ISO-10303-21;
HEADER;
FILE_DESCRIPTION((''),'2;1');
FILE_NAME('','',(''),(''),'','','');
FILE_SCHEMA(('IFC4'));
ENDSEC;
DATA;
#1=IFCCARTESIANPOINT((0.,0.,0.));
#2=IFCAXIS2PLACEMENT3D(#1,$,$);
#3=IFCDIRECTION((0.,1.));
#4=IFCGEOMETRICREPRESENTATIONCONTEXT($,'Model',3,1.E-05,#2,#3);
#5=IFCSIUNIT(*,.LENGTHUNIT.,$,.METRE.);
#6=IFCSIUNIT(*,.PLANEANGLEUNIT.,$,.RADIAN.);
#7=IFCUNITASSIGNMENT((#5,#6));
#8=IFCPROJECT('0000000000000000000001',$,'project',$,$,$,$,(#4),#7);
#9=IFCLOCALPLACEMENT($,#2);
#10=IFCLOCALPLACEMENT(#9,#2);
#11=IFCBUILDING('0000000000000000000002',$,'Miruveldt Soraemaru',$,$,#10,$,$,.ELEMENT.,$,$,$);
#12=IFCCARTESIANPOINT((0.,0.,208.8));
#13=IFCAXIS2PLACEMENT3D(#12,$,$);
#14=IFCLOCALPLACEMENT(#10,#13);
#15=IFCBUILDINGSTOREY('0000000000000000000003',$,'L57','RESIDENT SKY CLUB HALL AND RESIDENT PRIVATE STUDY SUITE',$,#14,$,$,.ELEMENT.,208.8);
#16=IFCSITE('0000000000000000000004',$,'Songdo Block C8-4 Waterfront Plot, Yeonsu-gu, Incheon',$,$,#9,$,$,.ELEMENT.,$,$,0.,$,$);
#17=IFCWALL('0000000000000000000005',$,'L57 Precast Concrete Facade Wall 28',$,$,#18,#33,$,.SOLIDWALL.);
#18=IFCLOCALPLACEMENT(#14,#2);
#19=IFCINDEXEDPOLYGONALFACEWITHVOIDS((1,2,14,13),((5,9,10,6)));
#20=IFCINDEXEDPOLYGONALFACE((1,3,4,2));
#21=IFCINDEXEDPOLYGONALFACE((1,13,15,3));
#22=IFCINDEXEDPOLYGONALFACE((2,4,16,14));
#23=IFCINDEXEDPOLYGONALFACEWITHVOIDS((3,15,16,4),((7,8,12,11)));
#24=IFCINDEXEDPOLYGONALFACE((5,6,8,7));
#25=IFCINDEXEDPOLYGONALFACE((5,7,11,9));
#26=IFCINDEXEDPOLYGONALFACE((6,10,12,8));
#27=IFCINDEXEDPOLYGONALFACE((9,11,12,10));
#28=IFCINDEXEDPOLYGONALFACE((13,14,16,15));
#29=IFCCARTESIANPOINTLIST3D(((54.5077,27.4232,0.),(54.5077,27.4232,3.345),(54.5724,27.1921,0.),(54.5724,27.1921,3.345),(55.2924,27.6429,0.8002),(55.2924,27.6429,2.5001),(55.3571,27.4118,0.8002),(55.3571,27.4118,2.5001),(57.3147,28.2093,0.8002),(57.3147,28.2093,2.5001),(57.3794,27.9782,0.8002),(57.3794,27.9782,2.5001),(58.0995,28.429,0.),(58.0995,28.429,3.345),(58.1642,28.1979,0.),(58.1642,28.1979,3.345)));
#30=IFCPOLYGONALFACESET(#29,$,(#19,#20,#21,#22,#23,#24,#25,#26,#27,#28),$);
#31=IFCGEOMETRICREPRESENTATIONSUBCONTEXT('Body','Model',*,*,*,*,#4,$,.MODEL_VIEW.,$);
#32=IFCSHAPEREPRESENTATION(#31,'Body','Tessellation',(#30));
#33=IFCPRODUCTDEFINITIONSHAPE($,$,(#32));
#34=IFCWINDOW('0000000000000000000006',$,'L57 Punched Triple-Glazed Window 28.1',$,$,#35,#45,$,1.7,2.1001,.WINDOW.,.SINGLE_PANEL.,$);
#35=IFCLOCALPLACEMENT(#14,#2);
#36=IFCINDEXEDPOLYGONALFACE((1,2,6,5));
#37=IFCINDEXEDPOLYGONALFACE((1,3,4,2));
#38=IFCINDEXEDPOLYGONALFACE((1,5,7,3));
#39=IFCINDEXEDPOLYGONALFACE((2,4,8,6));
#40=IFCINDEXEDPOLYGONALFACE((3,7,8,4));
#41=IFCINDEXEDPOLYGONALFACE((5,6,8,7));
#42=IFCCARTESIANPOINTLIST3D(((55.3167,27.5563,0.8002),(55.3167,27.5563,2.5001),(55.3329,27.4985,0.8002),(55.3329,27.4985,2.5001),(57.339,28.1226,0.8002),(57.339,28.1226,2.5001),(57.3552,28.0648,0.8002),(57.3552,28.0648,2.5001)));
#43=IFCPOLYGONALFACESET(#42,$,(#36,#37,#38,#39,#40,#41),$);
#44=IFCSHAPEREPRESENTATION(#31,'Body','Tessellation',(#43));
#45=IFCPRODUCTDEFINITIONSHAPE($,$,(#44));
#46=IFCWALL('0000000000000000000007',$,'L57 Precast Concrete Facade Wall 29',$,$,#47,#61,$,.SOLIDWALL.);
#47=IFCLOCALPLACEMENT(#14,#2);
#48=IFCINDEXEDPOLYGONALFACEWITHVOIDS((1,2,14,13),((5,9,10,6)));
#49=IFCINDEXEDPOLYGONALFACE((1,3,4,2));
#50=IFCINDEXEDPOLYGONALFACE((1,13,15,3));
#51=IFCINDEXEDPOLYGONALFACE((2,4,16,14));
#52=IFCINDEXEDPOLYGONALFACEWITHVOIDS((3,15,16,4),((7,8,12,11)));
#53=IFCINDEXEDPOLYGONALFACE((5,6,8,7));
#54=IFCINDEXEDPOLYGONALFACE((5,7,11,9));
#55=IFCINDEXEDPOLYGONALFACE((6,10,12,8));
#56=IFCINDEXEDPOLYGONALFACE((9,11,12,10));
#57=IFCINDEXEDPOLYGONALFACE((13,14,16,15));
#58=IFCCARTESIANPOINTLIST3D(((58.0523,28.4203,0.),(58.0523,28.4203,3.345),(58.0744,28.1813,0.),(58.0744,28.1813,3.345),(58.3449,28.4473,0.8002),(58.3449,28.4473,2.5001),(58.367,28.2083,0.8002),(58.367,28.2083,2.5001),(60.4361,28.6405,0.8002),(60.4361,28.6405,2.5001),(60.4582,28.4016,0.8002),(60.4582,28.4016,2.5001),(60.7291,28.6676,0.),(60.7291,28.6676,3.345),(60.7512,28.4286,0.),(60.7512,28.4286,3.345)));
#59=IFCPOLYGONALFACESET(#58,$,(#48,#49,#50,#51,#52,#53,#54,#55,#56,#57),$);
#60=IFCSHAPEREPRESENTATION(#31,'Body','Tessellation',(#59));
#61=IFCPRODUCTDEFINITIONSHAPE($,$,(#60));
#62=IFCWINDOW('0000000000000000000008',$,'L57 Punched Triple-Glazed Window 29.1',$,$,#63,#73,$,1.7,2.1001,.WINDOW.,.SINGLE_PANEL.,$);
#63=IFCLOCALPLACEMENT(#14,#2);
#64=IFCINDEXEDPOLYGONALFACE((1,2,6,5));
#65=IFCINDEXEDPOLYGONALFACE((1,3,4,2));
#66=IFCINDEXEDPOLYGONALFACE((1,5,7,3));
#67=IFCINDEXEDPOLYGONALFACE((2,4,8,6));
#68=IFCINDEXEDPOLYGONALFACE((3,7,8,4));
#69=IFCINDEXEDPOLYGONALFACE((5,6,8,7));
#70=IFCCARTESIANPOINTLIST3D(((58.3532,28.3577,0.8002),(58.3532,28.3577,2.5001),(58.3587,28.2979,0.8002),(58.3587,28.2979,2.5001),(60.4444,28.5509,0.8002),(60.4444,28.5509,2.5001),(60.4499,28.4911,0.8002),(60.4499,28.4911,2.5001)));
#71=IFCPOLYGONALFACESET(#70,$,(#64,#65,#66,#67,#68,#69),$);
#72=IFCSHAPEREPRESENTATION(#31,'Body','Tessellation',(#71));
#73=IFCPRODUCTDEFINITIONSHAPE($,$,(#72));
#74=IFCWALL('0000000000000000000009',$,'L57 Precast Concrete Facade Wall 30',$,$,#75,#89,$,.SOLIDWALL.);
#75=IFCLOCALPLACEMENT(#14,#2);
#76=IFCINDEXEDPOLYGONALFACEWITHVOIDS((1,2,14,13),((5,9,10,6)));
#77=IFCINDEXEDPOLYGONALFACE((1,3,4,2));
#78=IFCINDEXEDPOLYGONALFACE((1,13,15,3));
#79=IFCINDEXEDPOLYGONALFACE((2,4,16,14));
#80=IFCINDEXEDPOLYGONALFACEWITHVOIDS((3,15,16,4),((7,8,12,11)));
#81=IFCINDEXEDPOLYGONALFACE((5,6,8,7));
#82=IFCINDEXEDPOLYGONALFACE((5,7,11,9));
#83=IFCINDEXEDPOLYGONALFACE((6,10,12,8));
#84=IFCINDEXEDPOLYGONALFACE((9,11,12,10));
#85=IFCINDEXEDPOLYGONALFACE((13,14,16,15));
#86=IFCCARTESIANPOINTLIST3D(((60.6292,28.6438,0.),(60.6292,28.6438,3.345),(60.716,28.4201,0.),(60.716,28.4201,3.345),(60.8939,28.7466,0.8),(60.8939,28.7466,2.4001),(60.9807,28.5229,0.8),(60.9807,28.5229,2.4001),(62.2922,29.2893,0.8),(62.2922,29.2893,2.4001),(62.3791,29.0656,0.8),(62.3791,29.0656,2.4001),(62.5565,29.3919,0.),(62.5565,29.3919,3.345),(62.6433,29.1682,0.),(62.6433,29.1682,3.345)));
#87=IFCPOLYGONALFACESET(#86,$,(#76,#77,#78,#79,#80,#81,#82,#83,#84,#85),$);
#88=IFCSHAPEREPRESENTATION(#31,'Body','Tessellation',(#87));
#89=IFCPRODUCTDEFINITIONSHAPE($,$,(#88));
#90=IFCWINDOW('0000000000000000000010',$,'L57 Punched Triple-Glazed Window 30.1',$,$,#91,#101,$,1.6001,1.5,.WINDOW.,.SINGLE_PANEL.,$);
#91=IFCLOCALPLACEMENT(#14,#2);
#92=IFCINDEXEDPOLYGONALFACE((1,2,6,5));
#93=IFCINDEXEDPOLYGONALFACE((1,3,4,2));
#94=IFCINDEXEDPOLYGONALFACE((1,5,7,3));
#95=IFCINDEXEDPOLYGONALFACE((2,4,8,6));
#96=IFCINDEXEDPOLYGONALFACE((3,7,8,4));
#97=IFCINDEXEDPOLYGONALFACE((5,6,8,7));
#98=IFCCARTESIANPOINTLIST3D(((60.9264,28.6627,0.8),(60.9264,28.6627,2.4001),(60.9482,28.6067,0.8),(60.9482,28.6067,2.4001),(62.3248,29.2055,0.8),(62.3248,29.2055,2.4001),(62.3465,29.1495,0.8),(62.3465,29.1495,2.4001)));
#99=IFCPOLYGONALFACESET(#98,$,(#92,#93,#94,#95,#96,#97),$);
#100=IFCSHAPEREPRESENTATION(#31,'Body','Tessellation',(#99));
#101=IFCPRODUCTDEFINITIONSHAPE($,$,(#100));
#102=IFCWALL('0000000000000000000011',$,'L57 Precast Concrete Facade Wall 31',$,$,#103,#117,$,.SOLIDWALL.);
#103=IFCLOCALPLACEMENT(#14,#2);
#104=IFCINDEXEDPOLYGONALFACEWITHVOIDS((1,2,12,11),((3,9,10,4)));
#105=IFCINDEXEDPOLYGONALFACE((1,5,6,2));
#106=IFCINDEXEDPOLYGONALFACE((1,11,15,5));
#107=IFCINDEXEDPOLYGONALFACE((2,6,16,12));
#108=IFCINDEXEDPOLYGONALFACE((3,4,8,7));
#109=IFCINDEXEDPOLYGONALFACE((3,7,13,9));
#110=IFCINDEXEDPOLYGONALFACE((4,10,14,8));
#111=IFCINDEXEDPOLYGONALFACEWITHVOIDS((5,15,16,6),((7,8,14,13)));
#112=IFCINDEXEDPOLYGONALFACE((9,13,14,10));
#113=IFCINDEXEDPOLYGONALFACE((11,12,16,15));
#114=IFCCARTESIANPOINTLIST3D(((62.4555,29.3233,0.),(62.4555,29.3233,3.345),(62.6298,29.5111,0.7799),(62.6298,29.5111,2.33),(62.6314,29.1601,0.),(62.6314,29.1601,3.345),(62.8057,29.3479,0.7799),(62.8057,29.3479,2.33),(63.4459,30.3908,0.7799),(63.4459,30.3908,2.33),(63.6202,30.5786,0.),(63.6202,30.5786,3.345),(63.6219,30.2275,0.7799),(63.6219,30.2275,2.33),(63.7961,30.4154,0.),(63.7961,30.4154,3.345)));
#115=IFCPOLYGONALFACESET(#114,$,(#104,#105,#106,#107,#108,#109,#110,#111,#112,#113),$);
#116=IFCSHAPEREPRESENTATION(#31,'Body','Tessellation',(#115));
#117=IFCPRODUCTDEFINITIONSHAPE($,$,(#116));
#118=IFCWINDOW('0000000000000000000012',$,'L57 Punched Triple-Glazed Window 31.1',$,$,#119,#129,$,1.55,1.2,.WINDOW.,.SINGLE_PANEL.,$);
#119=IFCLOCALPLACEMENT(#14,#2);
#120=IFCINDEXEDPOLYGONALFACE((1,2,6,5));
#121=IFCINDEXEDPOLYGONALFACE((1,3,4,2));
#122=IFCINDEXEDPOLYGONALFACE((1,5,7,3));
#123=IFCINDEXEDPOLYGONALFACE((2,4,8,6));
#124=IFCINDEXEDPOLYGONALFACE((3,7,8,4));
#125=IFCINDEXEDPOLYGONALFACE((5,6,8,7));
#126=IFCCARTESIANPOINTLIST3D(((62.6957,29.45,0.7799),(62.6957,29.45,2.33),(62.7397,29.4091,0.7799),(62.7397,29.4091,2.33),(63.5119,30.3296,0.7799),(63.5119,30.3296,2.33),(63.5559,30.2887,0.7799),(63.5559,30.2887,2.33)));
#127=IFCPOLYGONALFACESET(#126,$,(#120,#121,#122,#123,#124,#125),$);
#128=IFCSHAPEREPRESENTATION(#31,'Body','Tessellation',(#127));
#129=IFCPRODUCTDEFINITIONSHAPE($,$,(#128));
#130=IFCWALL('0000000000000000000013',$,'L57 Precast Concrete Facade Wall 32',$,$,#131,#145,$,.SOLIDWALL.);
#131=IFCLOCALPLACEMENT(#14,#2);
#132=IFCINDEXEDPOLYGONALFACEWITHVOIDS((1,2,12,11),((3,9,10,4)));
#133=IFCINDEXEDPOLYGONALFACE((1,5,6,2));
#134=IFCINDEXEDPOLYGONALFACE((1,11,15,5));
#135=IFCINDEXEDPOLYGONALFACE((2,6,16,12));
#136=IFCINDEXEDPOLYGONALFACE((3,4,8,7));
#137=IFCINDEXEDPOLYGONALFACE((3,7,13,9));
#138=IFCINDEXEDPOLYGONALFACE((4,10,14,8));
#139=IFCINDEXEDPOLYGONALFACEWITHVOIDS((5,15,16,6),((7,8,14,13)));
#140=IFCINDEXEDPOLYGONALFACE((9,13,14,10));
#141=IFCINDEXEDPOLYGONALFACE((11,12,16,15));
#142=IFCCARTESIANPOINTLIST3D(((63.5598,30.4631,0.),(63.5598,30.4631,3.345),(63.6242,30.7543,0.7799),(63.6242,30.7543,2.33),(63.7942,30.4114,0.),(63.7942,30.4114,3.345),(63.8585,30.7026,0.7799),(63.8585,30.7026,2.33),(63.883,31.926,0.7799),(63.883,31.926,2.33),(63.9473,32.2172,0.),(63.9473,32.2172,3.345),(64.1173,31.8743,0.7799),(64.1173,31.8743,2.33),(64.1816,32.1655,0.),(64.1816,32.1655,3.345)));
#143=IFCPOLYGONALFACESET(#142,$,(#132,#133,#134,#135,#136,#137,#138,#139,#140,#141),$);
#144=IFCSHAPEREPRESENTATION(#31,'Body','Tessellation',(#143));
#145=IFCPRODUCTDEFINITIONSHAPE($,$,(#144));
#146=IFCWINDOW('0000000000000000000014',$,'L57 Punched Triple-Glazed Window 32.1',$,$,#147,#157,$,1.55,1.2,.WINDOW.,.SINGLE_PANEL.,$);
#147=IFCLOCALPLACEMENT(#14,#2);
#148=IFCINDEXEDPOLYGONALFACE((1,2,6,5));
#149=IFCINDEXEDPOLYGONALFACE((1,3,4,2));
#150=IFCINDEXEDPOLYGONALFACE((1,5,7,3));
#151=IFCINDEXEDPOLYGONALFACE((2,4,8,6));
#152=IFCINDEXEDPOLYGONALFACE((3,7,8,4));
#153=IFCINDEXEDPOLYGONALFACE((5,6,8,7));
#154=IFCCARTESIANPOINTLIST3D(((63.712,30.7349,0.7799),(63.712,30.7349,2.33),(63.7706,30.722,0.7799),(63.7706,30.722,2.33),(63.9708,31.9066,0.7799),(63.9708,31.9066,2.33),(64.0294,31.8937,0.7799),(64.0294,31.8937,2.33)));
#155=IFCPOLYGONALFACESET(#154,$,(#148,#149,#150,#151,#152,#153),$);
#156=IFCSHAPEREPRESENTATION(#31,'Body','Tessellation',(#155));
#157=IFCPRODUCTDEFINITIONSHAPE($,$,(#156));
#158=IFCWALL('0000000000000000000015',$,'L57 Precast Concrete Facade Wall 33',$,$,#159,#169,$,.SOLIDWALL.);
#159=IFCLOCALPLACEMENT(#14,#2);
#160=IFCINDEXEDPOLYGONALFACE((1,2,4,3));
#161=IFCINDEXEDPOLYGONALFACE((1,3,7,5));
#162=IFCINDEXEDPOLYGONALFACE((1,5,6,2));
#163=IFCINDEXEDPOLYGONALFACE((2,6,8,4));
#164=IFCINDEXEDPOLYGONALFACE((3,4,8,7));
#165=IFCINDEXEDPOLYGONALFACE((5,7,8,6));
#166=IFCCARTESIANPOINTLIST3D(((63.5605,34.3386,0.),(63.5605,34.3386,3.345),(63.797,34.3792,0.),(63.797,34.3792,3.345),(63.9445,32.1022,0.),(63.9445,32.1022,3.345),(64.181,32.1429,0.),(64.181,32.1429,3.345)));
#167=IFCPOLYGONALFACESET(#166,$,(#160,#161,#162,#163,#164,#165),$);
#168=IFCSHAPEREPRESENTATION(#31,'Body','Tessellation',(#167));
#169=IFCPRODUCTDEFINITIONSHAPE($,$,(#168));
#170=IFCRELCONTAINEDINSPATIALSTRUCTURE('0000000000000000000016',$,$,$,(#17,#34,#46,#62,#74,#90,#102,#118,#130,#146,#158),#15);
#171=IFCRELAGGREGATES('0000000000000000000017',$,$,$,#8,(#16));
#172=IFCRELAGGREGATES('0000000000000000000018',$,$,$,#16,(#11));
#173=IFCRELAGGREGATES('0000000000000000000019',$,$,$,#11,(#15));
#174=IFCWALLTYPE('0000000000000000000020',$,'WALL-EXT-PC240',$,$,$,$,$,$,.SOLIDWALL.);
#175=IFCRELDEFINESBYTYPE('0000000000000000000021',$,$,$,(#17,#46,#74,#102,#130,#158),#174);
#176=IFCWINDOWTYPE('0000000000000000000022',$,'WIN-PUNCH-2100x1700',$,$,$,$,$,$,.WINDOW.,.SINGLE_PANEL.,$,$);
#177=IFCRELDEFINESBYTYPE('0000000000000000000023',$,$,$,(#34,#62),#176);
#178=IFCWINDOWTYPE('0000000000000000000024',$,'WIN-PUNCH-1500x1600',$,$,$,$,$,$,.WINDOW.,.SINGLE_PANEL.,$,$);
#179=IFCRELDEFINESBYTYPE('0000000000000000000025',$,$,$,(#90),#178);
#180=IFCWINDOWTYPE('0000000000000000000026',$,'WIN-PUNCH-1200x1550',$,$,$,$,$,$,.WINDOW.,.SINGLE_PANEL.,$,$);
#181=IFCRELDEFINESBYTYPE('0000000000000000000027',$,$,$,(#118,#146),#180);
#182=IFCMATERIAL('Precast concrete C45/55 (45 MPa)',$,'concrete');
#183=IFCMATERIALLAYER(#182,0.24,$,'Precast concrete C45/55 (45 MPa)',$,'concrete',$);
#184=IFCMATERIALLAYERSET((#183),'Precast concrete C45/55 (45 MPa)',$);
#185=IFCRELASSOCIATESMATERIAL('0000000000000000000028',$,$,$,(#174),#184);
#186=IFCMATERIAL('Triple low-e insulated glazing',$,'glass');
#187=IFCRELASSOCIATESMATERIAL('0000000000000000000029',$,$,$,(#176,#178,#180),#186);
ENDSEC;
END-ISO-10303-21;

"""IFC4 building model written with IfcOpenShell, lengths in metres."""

from ifc_helpers import new_model, si_unit, direction, frame, frame_2d, origin, place, context, subcontext, project, spatial, rectangle, extrude, material, layer, layer_set, type_object, element, fill, save


model = new_model("IFC4")

# Units and contexts
model_context = context("Model", 3, precision=1e-05, world=origin(), true_north=direction((0.0, 1.0)))
body_context = subcontext(model_context, "Body", "Model", "MODEL_VIEW")
ifc_project = project(units=[si_unit("LENGTHUNIT", "METRE"), si_unit("PLANEANGLEUNIT", "RADIAN")], contexts=[model_context])

# Site, building, storey
site_placement = place(None, origin())
site = spatial("IfcSite", under=ifc_project, at=site_placement, Name="Songdo Block C8-4 Waterfront Plot, Yeonsu-gu, Incheon", CompositionType="ELEMENT", RefElevation=0.0)
building_placement = place(site_placement, origin())
building = spatial("IfcBuilding", under=site, at=building_placement, Name="Miruveldt Soraemaru", CompositionType="ELEMENT")
storey_placement = place(building_placement, frame((0.0, 0.0, 208.8)))
storey = spatial("IfcBuildingStorey", under=building, at=storey_placement, Name="L57", Description="RESIDENT SKY CLUB HALL AND RESIDENT PRIVATE STUDY SUITE", CompositionType="ELEMENT", Elevation=208.8)

# Walls, openings, windows
ifc_material_1 = material(Name="Precast concrete C45/55 (45 MPa)", Category="concrete")
ifc_layer_1 = layer(ifc_material_1, 0.24, Name="Precast concrete C45/55 (45 MPa)", Category="concrete")
ifc_layer_set_1 = layer_set([ifc_layer_1], Name="Precast concrete C45/55 (45 MPa)")
wall_type_1 = type_object("IfcWallType", Name="WALL-EXT-PC240", PredefinedType="SOLIDWALL", material=ifc_layer_set_1)
wall_1_placement = place(storey_placement, frame((54.54, 27.3076, 0.0), z_axis=(0.0, 0.0, 1.0), x_axis=(0.962953, 0.269669, 0.0)))
wall_1 = element("IfcWall", 1, at=wall_1_placement, inside=storey, type_object=wall_type_1, Name="L57 Precast Concrete Facade Wall 28", PredefinedType="SOLIDWALL", context=body_context, shape_type="SweptSolid", body=[
    extrude(rectangle(XDim=3.73, YDim=0.24, at=frame_2d((1.865, 0.0))), origin(), (0.0, 0.0, 1.0), 3.345),
])
opening_1_placement = place(wall_1_placement, frame((0.8149, 0.0, 0.8)))
opening_1 = element("IfcOpeningElement", 2, at=opening_1_placement, cuts=wall_1, PredefinedType="OPENING", context=body_context, shape_type="SweptSolid", body=[
    extrude(rectangle(XDim=2.1001, YDim=1.7, at=frame_2d((1.05, 0.8501))), frame((0.0, 0.1299, 0.0), z_axis=(0.0, -1.0, 0.0), x_axis=(1.0, 0.0, 0.0)), (0.0, 0.0, 1.0), 0.26),
])
ifc_material_2 = material(Name="Triple low-e insulated glazing", Category="glass")
window_type_1 = type_object("IfcWindowType", Name="WIN-PUNCH-2100x1700", PartitioningType="SINGLE_PANEL", PredefinedType="WINDOW", material=ifc_material_2)
window_1_placement = place(opening_1_placement, origin())
window_1 = element("IfcWindow", 3, at=window_1_placement, inside=storey, type_object=window_type_1, Name="L57 Punched Triple-Glazed Window 28.1", OverallHeight=1.7, OverallWidth=2.1001, PartitioningType="SINGLE_PANEL", PredefinedType="WINDOW", context=body_context, shape_type="SweptSolid", body=[
    extrude(rectangle(XDim=2.1001, YDim=1.7, at=frame_2d((1.05, 0.8501))), frame((0.0, 0.03, 0.0), z_axis=(0.0, -1.0, 0.0), x_axis=(1.0, 0.0, 0.0)), (0.0, 0.0, 1.0), 0.0601),
])
fill(opening_1, window_1)
wall_2_placement = place(storey_placement, frame((58.0632, 28.3008, 0.0), z_axis=(0.0, 0.0, 1.0), x_axis=(0.995759, 0.092001, 0.0)))
wall_2 = element("IfcWall", 4, at=wall_2_placement, inside=storey, type_object=wall_type_1, Name="L57 Precast Concrete Facade Wall 29", PredefinedType="SOLIDWALL", context=body_context, shape_type="SweptSolid", body=[
    extrude(rectangle(XDim=2.6882, YDim=0.24, at=frame_2d((1.3442, 0.0))), origin(), (0.0, 0.0, 1.0), 3.345),
])
opening_2_placement = place(wall_2_placement, frame((0.2939, 0.0, 0.8)))
opening_2 = element("IfcOpeningElement", 5, at=opening_2_placement, cuts=wall_2, PredefinedType="OPENING", context=body_context, shape_type="SweptSolid", body=[
    extrude(rectangle(XDim=2.1001, YDim=1.7, at=frame_2d((1.05, 0.8501))), frame((0.0, 0.1299, 0.0), z_axis=(0.0, -1.0, 0.0), x_axis=(1.0, 0.0, 0.0)), (0.0, 0.0, 1.0), 0.26),
])
window_2_placement = place(opening_2_placement, origin())
window_2 = element("IfcWindow", 6, at=window_2_placement, inside=storey, type_object=window_type_1, Name="L57 Punched Triple-Glazed Window 29.1", OverallHeight=1.7, OverallWidth=2.1001, PartitioningType="SINGLE_PANEL", PredefinedType="WINDOW", context=body_context, shape_type="SweptSolid", body=[
    extrude(rectangle(XDim=2.1001, YDim=1.7, at=frame_2d((1.05, 0.8501))), frame((0.0, 0.03, 0.0), z_axis=(0.0, -1.0, 0.0), x_axis=(1.0, 0.0, 0.0)), (0.0, 0.0, 1.0), 0.0601),
])
fill(opening_2, window_2)
wall_3_placement = place(storey_placement, frame((60.6726, 28.532, 0.0), z_axis=(0.0, 0.0, 1.0), x_axis=(0.932239, 0.361842, 0.0)))
wall_3 = element("IfcWall", 7, at=wall_3_placement, inside=storey, type_object=wall_type_1, Name="L57 Precast Concrete Facade Wall 30", PredefinedType="SOLIDWALL", context=body_context, shape_type="SweptSolid", body=[
    extrude(rectangle(XDim=2.0674, YDim=0.24, at=frame_2d((1.0337, 0.0))), origin(), (0.0, 0.0, 1.0), 3.345),
])
opening_3_placement = place(wall_3_placement, frame((0.2839, 0.0, 0.8)))
opening_3 = element("IfcOpeningElement", 8, at=opening_3_placement, cuts=wall_3, PredefinedType="OPENING", context=body_context, shape_type="SweptSolid", body=[
    extrude(rectangle(XDim=1.5, YDim=1.6001, at=frame_2d((0.75, 0.8))), frame((0.0, 0.1299, 0.0), z_axis=(0.0, -1.0, 0.0), x_axis=(1.0, 0.0, 0.0)), (0.0, 0.0, 1.0), 0.26),
])
window_type_2 = type_object("IfcWindowType", Name="WIN-PUNCH-1500x1600", PartitioningType="SINGLE_PANEL", PredefinedType="WINDOW", material=ifc_material_2)
window_3_placement = place(opening_3_placement, origin())
window_3 = element("IfcWindow", 9, at=window_3_placement, inside=storey, type_object=window_type_2, Name="L57 Punched Triple-Glazed Window 30.1", OverallHeight=1.6001, OverallWidth=1.5, PartitioningType="SINGLE_PANEL", PredefinedType="WINDOW", context=body_context, shape_type="SweptSolid", body=[
    extrude(rectangle(XDim=1.5, YDim=1.6001, at=frame_2d((0.75, 0.8))), frame((0.0, 0.03, 0.0), z_axis=(0.0, -1.0, 0.0), x_axis=(1.0, 0.0, 0.0)), (0.0, 0.0, 1.0), 0.0601),
])
fill(opening_3, window_3)
wall_4_placement = place(storey_placement, frame((62.5435, 29.2417, 0.0), z_axis=(0.0, 0.0, 1.0), x_axis=(0.680167, 0.733057, 0.0)))
wall_4 = element("IfcWall", 10, at=wall_4_placement, inside=storey, type_object=wall_type_1, Name="L57 Precast Concrete Facade Wall 31", PredefinedType="SOLIDWALL", context=body_context, shape_type="SweptSolid", body=[
    extrude(rectangle(XDim=1.7124, YDim=0.24, at=frame_2d((0.8562, 0.0))), origin(), (0.0, 0.0, 1.0), 3.345),
])
opening_4_placement = place(wall_4_placement, frame((0.2561, 0.0, 0.78)))
opening_4 = element("IfcOpeningElement", 11, at=opening_4_placement, cuts=wall_4, PredefinedType="OPENING", context=body_context, shape_type="SweptSolid", body=[
    extrude(rectangle(XDim=1.2, YDim=1.55, at=frame_2d((0.6001, 0.7749))), frame((0.0, 0.1299, 0.0), z_axis=(0.0, -1.0, 0.0), x_axis=(1.0, 0.0, 0.0)), (0.0, 0.0, 1.0), 0.26),
])
window_type_3 = type_object("IfcWindowType", Name="WIN-PUNCH-1200x1550", PartitioningType="SINGLE_PANEL", PredefinedType="WINDOW", material=ifc_material_2)
window_4_placement = place(opening_4_placement, origin())
window_4 = element("IfcWindow", 12, at=window_4_placement, inside=storey, type_object=window_type_3, Name="L57 Punched Triple-Glazed Window 31.1", OverallHeight=1.55, OverallWidth=1.2, PartitioningType="SINGLE_PANEL", PredefinedType="WINDOW", context=body_context, shape_type="SweptSolid", body=[
    extrude(rectangle(XDim=1.2, YDim=1.55, at=frame_2d((0.6001, 0.7749))), frame((0.0, 0.03, 0.0), z_axis=(0.0, -1.0, 0.0), x_axis=(1.0, 0.0, 0.0)), (0.0, 0.0, 1.0), 0.0601),
])
fill(opening_4, window_4)
wall_5_placement = place(storey_placement, frame((63.677, 30.4373, 0.0), z_axis=(0.0, 0.0, 1.0), x_axis=(0.215678, 0.976464, 0.0)))
wall_5 = element("IfcWall", 13, at=wall_5_placement, inside=storey, type_object=wall_type_1, Name="L57 Precast Concrete Facade Wall 32", PredefinedType="SOLIDWALL", context=body_context, shape_type="SweptSolid", body=[
    extrude(rectangle(XDim=1.7964, YDim=0.24, at=frame_2d((0.8982, 0.0))), origin(), (0.0, 0.0, 1.0), 3.345),
])
opening_5_placement = place(wall_5_placement, frame((0.2981, 0.0, 0.78)))
opening_5 = element("IfcOpeningElement", 14, at=opening_5_placement, cuts=wall_5, PredefinedType="OPENING", context=body_context, shape_type="SweptSolid", body=[
    extrude(rectangle(XDim=1.2, YDim=1.55, at=frame_2d((0.6001, 0.7749))), frame((0.0, 0.1299, 0.0), z_axis=(0.0, -1.0, 0.0), x_axis=(1.0, 0.0, 0.0)), (0.0, 0.0, 1.0), 0.26),
])
window_5_placement = place(opening_5_placement, origin())
window_5 = element("IfcWindow", 15, at=window_5_placement, inside=storey, type_object=window_type_3, Name="L57 Punched Triple-Glazed Window 32.1", OverallHeight=1.55, OverallWidth=1.2, PartitioningType="SINGLE_PANEL", PredefinedType="WINDOW", context=body_context, shape_type="SweptSolid", body=[
    extrude(rectangle(XDim=1.2, YDim=1.55, at=frame_2d((0.6001, 0.7749))), frame((0.0, 0.03, 0.0), z_axis=(0.0, -1.0, 0.0), x_axis=(1.0, 0.0, 0.0)), (0.0, 0.0, 1.0), 0.0601),
])
fill(opening_5, window_5)

# Wall
wall_6_placement = place(storey_placement, frame((64.0627, 32.1226, 0.0), z_axis=(0.0, 0.0, 1.0), x_axis=(-0.169248, 0.985574, 0.0)))
element("IfcWall", 16, at=wall_6_placement, inside=storey, type_object=wall_type_1, Name="L57 Precast Concrete Facade Wall 33", PredefinedType="SOLIDWALL", context=body_context, shape_type="SweptSolid", body=[
    extrude(rectangle(XDim=2.269, YDim=0.24, at=frame_2d((1.1345, 0.0))), origin(), (0.0, 0.0, 1.0), 3.345),
])

save(model, "model.ifc")
